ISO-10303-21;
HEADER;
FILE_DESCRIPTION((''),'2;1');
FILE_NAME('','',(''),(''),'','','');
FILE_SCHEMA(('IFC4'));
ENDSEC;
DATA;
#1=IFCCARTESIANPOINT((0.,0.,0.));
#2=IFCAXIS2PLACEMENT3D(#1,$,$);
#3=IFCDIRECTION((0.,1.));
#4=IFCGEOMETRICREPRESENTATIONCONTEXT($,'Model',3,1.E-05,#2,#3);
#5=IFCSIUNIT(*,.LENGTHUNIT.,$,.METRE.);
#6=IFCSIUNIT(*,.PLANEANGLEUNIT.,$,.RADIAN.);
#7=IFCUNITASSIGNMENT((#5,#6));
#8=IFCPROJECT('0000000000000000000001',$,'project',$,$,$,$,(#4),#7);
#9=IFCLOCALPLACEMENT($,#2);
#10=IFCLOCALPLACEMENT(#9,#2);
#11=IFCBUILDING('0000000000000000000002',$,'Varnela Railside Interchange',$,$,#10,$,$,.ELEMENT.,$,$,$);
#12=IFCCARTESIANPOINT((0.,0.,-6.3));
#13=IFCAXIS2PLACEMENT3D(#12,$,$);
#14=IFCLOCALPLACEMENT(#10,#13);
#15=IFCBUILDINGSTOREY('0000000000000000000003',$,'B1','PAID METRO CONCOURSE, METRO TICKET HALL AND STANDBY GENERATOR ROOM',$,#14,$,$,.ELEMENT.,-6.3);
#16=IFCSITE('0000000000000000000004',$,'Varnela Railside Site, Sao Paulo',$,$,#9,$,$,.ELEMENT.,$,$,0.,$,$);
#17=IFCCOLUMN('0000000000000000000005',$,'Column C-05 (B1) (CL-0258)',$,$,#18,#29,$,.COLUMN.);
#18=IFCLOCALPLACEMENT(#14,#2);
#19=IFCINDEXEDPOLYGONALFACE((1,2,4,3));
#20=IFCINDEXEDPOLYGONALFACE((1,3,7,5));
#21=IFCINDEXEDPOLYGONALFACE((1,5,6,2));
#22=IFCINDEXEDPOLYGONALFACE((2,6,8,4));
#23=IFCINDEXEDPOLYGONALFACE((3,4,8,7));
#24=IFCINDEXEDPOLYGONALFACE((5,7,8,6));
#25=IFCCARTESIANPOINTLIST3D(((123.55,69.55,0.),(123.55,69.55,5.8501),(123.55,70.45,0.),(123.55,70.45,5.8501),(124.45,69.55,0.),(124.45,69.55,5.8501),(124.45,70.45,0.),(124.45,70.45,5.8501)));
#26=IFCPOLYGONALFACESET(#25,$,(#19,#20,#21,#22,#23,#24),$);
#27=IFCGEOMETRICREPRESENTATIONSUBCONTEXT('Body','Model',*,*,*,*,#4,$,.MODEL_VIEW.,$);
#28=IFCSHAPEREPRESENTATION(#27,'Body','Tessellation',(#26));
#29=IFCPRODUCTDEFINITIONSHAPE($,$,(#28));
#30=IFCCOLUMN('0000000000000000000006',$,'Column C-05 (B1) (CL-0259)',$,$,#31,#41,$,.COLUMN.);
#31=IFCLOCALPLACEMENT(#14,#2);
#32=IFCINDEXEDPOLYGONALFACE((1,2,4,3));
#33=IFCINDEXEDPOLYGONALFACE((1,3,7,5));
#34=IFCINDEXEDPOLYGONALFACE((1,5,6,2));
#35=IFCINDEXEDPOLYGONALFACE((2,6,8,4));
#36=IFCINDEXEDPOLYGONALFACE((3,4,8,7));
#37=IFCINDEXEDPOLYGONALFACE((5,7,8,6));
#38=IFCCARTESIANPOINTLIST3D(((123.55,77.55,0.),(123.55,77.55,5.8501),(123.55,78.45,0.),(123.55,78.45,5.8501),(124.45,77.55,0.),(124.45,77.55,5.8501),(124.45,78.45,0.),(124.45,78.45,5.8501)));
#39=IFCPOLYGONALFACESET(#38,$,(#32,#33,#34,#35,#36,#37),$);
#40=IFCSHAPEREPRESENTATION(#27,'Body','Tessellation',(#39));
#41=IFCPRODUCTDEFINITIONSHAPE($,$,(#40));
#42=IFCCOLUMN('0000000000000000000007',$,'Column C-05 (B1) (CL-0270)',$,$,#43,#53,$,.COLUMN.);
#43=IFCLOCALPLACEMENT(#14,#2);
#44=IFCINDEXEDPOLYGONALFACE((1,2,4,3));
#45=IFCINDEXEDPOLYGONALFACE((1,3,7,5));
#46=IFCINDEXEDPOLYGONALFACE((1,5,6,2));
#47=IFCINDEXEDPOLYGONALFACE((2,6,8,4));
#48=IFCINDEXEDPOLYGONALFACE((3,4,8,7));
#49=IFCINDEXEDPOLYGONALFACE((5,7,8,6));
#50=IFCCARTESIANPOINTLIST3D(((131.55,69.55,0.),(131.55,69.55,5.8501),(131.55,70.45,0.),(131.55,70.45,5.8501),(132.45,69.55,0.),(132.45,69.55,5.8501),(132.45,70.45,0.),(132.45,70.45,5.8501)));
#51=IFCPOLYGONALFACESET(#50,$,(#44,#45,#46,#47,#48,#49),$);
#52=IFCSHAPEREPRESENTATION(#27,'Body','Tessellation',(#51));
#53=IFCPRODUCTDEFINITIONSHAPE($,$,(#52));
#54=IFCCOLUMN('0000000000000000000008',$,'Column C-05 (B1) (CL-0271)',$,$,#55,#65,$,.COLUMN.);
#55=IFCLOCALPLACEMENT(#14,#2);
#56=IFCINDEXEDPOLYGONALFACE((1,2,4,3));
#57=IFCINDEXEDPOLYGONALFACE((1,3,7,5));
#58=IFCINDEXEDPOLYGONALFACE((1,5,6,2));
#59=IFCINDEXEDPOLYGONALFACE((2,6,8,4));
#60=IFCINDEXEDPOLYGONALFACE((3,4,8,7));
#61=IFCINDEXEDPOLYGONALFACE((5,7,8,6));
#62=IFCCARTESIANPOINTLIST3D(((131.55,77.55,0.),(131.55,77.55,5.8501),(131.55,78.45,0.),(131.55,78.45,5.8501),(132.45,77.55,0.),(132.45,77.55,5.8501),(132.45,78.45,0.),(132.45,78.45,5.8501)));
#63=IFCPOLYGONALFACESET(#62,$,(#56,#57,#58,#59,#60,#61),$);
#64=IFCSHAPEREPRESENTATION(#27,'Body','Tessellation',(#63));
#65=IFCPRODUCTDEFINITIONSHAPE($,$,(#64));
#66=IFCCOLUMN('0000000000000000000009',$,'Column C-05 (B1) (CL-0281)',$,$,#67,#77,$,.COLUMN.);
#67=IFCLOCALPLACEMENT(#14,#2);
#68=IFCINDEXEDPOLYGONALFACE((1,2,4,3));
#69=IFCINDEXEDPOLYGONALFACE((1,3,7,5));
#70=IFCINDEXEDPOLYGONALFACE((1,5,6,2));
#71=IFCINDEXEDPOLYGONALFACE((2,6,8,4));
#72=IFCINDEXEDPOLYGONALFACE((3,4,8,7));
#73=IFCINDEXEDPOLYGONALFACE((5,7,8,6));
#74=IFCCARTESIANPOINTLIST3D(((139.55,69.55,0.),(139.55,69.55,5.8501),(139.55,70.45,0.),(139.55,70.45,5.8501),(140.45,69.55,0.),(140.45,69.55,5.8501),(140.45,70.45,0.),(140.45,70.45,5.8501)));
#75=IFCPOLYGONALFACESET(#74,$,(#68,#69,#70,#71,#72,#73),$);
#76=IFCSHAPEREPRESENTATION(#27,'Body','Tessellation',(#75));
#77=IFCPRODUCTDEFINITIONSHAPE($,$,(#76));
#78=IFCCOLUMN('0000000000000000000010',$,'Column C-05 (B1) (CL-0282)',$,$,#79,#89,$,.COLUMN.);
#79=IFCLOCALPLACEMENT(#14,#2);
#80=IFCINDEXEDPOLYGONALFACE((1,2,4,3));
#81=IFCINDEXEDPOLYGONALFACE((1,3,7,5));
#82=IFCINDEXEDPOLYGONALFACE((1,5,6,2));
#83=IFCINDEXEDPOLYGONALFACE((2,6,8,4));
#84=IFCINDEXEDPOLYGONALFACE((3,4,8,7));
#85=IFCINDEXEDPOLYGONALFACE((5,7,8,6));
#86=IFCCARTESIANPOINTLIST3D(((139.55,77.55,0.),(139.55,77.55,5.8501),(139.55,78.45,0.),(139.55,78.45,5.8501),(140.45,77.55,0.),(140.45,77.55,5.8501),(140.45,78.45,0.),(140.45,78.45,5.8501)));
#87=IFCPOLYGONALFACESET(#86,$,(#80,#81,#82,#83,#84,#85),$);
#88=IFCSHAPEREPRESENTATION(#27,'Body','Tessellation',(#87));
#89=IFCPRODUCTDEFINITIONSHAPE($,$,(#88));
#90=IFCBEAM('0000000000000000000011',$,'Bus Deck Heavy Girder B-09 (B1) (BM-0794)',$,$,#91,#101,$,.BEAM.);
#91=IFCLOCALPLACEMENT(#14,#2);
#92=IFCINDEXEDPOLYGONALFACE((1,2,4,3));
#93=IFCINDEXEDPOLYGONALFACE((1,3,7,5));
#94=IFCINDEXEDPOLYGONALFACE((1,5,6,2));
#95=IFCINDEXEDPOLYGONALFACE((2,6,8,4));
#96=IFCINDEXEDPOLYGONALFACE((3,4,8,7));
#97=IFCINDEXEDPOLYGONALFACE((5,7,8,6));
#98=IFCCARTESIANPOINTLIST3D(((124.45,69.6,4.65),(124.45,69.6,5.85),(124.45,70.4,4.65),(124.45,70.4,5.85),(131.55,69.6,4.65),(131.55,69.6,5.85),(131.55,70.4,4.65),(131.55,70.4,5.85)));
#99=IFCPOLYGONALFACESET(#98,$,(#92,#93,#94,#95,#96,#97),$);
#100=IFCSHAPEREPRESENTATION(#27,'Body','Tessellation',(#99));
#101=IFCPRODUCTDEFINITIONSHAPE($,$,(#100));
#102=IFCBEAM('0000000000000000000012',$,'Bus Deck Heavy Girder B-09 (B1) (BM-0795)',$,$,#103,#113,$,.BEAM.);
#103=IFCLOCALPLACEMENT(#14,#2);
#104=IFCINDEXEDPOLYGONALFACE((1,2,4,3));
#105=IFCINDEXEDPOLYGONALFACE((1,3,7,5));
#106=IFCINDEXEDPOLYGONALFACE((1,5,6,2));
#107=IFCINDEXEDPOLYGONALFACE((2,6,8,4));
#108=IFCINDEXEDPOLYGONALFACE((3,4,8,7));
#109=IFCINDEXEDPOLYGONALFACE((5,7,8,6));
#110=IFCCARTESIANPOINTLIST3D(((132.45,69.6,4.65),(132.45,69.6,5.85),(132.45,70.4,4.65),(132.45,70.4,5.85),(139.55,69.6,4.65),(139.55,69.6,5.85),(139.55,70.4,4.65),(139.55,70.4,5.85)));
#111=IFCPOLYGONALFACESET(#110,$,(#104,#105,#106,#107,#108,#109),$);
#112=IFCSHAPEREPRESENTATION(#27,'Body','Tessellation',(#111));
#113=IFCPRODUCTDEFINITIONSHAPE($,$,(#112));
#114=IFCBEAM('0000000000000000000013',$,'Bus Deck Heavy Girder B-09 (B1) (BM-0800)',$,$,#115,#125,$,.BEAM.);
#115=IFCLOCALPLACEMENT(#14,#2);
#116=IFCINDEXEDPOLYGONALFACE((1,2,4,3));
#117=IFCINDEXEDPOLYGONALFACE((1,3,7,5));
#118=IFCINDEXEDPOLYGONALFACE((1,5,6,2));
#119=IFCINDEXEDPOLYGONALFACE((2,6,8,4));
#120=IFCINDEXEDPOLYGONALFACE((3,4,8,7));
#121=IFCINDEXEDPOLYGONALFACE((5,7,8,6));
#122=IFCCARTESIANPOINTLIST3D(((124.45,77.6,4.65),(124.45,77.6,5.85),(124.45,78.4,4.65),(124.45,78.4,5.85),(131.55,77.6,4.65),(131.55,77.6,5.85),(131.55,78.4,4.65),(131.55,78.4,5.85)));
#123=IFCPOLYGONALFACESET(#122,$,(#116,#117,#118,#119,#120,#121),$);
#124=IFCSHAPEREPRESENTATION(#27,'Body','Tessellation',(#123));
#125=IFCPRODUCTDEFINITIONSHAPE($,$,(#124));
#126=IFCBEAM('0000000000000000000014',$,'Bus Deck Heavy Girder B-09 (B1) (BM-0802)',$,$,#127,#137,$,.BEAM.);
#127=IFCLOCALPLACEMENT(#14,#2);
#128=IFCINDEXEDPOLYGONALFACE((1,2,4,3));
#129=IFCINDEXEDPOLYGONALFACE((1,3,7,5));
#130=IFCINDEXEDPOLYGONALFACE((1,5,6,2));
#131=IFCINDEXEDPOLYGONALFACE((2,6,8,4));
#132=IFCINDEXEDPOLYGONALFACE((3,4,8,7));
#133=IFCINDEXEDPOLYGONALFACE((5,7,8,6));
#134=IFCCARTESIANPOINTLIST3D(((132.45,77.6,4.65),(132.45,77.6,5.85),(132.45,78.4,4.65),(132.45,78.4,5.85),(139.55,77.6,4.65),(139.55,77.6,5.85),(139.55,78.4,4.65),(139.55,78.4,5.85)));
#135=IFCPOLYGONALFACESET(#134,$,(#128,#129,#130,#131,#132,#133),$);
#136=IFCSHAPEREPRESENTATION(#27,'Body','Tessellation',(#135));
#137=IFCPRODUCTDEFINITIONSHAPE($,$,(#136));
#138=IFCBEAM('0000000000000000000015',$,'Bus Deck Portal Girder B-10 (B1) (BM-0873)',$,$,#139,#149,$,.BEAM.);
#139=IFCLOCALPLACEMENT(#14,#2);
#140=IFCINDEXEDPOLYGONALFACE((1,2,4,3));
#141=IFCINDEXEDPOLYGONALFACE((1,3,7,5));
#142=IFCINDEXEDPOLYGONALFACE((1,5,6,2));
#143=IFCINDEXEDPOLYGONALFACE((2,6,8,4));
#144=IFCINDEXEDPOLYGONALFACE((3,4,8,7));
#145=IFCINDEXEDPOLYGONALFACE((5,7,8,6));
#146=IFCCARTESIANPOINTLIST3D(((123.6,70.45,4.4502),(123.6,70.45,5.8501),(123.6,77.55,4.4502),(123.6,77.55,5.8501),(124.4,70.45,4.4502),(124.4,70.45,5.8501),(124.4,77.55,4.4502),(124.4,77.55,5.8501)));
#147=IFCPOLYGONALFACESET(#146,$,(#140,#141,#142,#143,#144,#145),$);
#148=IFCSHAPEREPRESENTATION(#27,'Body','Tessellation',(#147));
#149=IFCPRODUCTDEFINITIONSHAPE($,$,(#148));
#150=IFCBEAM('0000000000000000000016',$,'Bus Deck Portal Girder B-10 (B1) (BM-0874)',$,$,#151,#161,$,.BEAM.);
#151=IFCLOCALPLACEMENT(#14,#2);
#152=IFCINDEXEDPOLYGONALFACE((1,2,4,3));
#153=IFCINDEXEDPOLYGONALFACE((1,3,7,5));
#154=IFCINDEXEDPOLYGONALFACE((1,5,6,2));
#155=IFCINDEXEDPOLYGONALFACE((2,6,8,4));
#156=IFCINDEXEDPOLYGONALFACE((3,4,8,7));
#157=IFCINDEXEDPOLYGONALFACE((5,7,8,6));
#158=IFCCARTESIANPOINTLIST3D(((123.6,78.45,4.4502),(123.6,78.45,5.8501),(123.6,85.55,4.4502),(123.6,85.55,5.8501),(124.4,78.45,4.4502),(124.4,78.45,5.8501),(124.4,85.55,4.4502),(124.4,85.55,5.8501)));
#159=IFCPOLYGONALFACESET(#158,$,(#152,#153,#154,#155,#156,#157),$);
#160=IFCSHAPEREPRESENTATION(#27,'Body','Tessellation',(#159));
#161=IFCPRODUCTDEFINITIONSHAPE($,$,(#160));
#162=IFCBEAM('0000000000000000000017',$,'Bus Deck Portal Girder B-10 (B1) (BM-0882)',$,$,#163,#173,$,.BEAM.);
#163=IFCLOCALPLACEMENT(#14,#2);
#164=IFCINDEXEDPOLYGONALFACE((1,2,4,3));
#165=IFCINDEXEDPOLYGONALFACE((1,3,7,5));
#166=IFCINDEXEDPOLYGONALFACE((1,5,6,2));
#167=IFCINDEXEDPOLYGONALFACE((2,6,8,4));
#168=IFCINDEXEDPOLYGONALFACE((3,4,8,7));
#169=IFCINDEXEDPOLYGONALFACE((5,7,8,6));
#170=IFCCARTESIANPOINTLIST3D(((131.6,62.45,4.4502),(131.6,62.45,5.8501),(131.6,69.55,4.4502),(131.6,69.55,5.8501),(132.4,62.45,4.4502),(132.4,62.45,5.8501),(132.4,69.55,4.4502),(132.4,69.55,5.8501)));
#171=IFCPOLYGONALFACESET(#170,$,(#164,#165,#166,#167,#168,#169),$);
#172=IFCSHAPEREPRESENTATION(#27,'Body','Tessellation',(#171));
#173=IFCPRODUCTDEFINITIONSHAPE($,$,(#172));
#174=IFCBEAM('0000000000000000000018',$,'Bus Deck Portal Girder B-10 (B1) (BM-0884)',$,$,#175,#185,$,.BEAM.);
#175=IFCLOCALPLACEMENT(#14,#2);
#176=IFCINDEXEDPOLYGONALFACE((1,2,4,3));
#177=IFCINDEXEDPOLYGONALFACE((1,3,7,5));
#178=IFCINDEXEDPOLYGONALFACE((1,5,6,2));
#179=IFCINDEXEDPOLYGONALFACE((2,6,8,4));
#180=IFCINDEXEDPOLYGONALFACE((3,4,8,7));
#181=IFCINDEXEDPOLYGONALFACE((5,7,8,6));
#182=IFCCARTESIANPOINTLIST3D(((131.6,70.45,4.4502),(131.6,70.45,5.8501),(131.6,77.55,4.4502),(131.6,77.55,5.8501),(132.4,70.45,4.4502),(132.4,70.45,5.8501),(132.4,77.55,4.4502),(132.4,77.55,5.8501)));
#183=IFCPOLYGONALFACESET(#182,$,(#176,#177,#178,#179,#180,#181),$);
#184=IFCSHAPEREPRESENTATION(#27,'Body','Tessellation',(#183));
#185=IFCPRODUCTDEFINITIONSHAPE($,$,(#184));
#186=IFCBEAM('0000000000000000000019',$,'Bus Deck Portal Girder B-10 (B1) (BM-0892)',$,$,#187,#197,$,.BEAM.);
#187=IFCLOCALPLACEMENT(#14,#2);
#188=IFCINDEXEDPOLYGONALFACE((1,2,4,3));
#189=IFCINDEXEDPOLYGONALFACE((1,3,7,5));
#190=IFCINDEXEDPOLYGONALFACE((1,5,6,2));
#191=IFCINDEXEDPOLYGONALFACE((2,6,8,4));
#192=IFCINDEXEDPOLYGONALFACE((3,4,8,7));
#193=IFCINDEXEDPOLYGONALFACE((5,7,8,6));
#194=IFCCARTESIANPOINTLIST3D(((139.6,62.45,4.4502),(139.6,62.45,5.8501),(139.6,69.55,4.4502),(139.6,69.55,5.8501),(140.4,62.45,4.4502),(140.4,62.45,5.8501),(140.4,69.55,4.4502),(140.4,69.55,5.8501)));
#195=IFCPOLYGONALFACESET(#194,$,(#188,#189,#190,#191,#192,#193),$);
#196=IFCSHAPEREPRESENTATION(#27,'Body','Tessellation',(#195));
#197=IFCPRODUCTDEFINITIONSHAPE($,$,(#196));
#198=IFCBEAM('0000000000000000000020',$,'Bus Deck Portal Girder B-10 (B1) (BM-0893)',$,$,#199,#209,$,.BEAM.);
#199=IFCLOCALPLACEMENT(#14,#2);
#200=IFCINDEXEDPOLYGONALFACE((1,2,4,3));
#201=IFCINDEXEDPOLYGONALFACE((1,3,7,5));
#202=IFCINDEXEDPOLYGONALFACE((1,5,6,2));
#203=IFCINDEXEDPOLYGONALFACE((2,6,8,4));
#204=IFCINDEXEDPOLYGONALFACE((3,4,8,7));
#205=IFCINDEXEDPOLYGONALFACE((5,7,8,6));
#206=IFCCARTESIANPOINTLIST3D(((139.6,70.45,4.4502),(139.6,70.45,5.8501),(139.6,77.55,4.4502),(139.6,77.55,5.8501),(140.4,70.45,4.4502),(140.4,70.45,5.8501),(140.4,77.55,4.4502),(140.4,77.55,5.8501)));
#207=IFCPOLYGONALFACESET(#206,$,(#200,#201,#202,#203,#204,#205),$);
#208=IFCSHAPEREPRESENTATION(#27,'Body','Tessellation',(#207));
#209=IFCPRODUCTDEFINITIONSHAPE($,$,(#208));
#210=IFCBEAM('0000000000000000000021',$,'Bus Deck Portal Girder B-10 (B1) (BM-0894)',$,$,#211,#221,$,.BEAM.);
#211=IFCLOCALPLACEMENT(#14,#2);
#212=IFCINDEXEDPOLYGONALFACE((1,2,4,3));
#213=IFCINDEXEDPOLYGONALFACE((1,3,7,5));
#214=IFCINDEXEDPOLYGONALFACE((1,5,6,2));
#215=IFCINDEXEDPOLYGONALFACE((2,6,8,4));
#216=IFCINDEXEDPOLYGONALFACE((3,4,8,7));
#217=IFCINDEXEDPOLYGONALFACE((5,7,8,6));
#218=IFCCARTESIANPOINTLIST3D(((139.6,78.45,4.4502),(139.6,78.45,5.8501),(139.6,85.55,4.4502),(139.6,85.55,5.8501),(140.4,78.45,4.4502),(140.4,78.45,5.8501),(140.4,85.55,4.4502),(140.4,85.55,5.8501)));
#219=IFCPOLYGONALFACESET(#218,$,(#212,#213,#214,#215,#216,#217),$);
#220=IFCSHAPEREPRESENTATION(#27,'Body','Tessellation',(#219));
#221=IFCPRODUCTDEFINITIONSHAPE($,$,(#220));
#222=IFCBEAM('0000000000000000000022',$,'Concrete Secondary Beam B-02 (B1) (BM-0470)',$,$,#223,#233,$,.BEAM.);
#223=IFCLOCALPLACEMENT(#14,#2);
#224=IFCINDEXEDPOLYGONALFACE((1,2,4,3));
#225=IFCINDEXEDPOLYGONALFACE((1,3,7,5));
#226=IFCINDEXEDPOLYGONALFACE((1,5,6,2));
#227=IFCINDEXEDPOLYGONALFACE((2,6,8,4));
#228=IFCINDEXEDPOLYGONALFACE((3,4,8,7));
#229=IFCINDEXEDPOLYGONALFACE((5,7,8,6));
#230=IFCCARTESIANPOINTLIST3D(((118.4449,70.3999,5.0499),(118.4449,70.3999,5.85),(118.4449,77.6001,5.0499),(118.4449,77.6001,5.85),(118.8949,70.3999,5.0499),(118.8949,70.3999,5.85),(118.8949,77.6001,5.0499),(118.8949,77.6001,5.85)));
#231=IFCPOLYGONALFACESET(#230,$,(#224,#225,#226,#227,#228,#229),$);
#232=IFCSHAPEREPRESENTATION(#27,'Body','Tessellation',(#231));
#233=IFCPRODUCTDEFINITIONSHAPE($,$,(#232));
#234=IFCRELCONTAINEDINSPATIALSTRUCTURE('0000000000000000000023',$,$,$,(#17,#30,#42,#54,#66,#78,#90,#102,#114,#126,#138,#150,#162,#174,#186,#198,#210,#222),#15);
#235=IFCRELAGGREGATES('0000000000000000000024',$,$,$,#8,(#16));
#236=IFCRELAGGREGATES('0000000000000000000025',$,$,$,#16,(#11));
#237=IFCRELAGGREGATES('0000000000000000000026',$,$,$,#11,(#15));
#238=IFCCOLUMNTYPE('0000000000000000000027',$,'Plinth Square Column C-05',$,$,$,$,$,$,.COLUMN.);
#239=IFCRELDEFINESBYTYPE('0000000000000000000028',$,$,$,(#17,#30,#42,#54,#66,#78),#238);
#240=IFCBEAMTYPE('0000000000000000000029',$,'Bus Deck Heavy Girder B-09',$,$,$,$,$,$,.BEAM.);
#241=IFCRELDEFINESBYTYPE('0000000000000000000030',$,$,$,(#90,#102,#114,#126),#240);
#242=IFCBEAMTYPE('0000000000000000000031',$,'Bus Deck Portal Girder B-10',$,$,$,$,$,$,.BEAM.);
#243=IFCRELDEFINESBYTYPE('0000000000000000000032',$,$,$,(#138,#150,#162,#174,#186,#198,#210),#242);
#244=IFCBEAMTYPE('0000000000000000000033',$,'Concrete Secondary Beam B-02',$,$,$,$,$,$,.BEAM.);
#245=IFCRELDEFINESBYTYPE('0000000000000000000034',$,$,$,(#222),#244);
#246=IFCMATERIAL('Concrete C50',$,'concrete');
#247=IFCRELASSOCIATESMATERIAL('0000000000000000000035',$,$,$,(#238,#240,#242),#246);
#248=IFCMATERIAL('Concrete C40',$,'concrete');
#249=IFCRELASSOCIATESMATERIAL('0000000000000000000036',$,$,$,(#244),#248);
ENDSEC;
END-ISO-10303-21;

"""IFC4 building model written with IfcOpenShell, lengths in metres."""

from ifc_helpers import new_model, si_unit, direction, frame, origin, origin_2d, place, context, subcontext, project, spatial, rectangle, extrude, material, material_profile, profile_set, type_object, element, save


model = new_model("IFC4")

# Units and contexts
model_context = context("Model", 3, precision=1e-05, world=origin(), true_north=direction((0.0, 1.0)))
body_context = subcontext(model_context, "Body", "Model", "MODEL_VIEW")
ifc_project = project(units=[si_unit("LENGTHUNIT", "METRE"), si_unit("PLANEANGLEUNIT", "RADIAN")], contexts=[model_context])

# Site, building, storey
site_placement = place(None, origin())
site = spatial("IfcSite", under=ifc_project, at=site_placement, Name="Varnela Railside Site, Sao Paulo", CompositionType="ELEMENT", RefElevation=0.0)
building_placement = place(site_placement, origin())
building = spatial("IfcBuilding", under=site, at=building_placement, Name="Varnela Railside Interchange", CompositionType="ELEMENT")
storey_placement = place(building_placement, frame((0.0, 0.0, -6.3)))
storey = spatial("IfcBuildingStorey", under=building, at=storey_placement, Name="B1", Description="PAID METRO CONCOURSE, METRO TICKET HALL AND STANDBY GENERATOR ROOM", CompositionType="ELEMENT", Elevation=-6.3)

# Columns
ifc_material_1 = material(Name="Concrete C50", Category="concrete")
ifc_material_profile_1 = material_profile(ifc_material_1, rectangle(XDim=0.8999, YDim=0.8999, at=origin_2d()), Name="RC 900x900")
ifc_profile_set_1 = profile_set([ifc_material_profile_1], Name="Concrete C50")
column_type = type_object("IfcColumnType", Name="Plinth Square Column C-05", PredefinedType="COLUMN", material=ifc_profile_set_1)
for number, where, z_axis, x_axis, name in (
    (1, (124.0, 70.0, 0.0), (0.0, 0.0, 1.0), (1.0, 0.0, 0.0), "Column C-05 (B1) (CL-0258)"),
    (2, (124.0, 78.0, 0.0), (0.0, 0.0, 1.0), (1.0, 0.0, 0.0), "Column C-05 (B1) (CL-0259)"),
    (3, (132.0, 70.0, 0.0), (0.0, 0.0, 1.0), (1.0, 0.0, 0.0), "Column C-05 (B1) (CL-0270)"),
    (4, (132.0, 78.0, 0.0), (0.0, 0.0, 1.0), (1.0, 0.0, 0.0), "Column C-05 (B1) (CL-0271)"),
    (5, (140.0, 70.0, 0.0), (0.0, 0.0, 1.0), (1.0, 0.0, 0.0), "Column C-05 (B1) (CL-0281)"),
    (6, (140.0, 78.0, 0.0), (0.0, 0.0, 1.0), (1.0, 0.0, 0.0), "Column C-05 (B1) (CL-0282)"),
):
    element("IfcColumn", number, at=place(storey_placement, frame(where, z_axis=z_axis, x_axis=x_axis)), inside=storey, type_object=column_type, Name=name, PredefinedType="COLUMN", context=body_context, shape_type="SweptSolid", body=[
        extrude(rectangle(XDim=0.8999, YDim=0.8999, at=origin_2d()), origin(), (0.0, 0.0, 1.0), 5.8501),
    ])

# Beams
ifc_material_profile_2 = material_profile(ifc_material_1, rectangle(XDim=0.8, YDim=1.2, at=origin_2d()), Name="RC 800x1200")
ifc_profile_set_2 = profile_set([ifc_material_profile_2], Name="Concrete C50")
beam_type_1 = type_object("IfcBeamType", Name="Bus Deck Heavy Girder B-09", PredefinedType="BEAM", material=ifc_profile_set_2)
for number, where, z_axis, x_axis, name in (
    (7, (124.45, 70.0, 5.25), (1.0, 0.0, 0.0), (0.0, 1.0, 0.0), "Bus Deck Heavy Girder B-09 (B1) (BM-0794)"),
    (8, (132.45, 70.0, 5.25), (1.0, 0.0, 0.0), (0.0, 1.0, 0.0), "Bus Deck Heavy Girder B-09 (B1) (BM-0795)"),
    (9, (124.45, 78.0, 5.25), (1.0, 0.0, 0.0), (0.0, 1.0, 0.0), "Bus Deck Heavy Girder B-09 (B1) (BM-0800)"),
    (10, (132.45, 78.0, 5.25), (1.0, 0.0, 0.0), (0.0, 1.0, 0.0), "Bus Deck Heavy Girder B-09 (B1) (BM-0802)"),
):
    element("IfcBeam", number, at=place(storey_placement, frame(where, z_axis=z_axis, x_axis=x_axis)), inside=storey, type_object=beam_type_1, Name=name, PredefinedType="BEAM", context=body_context, shape_type="SweptSolid", body=[
        extrude(rectangle(XDim=0.8, YDim=1.2, at=origin_2d()), origin(), (0.0, 0.0, 1.0), 7.1001),
    ])
ifc_material_profile_3 = material_profile(ifc_material_1, rectangle(XDim=0.8, YDim=1.3999, at=origin_2d()), Name="RC 800x1400")
ifc_profile_set_3 = profile_set([ifc_material_profile_3], Name="Concrete C50")
beam_type_2 = type_object("IfcBeamType", Name="Bus Deck Portal Girder B-10", PredefinedType="BEAM", material=ifc_profile_set_3)
for number, where, z_axis, x_axis, name in (
    (11, (124.0, 70.45, 5.1501), (0.0, 1.0, 0.0), (-1.0, 0.0, 0.0), "Bus Deck Portal Girder B-10 (B1) (BM-0873)"),
    (12, (124.0, 78.45, 5.1501), (0.0, 1.0, 0.0), (-1.0, 0.0, 0.0), "Bus Deck Portal Girder B-10 (B1) (BM-0874)"),
    (13, (132.0, 62.45, 5.1501), (0.0, 1.0, 0.0), (-1.0, 0.0, 0.0), "Bus Deck Portal Girder B-10 (B1) (BM-0882)"),
    (14, (132.0, 70.45, 5.1501), (0.0, 1.0, 0.0), (-1.0, 0.0, 0.0), "Bus Deck Portal Girder B-10 (B1) (BM-0884)"),
    (15, (140.0, 62.45, 5.1501), (0.0, 1.0, 0.0), (-1.0, 0.0, 0.0), "Bus Deck Portal Girder B-10 (B1) (BM-0892)"),
    (16, (140.0, 70.45, 5.1501), (0.0, 1.0, 0.0), (-1.0, 0.0, 0.0), "Bus Deck Portal Girder B-10 (B1) (BM-0893)"),
    (17, (140.0, 78.45, 5.1501), (0.0, 1.0, 0.0), (-1.0, 0.0, 0.0), "Bus Deck Portal Girder B-10 (B1) (BM-0894)"),
):
    element("IfcBeam", number, at=place(storey_placement, frame(where, z_axis=z_axis, x_axis=x_axis)), inside=storey, type_object=beam_type_2, Name=name, PredefinedType="BEAM", context=body_context, shape_type="SweptSolid", body=[
        extrude(rectangle(XDim=0.8, YDim=1.3999, at=origin_2d()), origin(), (0.0, 0.0, 1.0), 7.1001),
    ])
ifc_material_2 = material(Name="Concrete C40", Category="concrete")
ifc_material_profile_4 = material_profile(ifc_material_2, rectangle(XDim=0.45, YDim=0.8, at=origin_2d()), Name="RC 450x800")
ifc_profile_set_4 = profile_set([ifc_material_profile_4], Name="Concrete C40")
beam_type_3 = type_object("IfcBeamType", Name="Concrete Secondary Beam B-02", PredefinedType="BEAM", material=ifc_profile_set_4)
for number, where, z_axis, x_axis, name in (
    (18, (118.6699, 70.3999, 5.45), (0.0, 1.0, 0.0), (-1.0, 0.0, 0.0), "Concrete Secondary Beam B-02 (B1) (BM-0470)"),
):
    element("IfcBeam", number, at=place(storey_placement, frame(where, z_axis=z_axis, x_axis=x_axis)), inside=storey, type_object=beam_type_3, Name=name, PredefinedType="BEAM", context=body_context, shape_type="SweptSolid", body=[
        extrude(rectangle(XDim=0.45, YDim=0.8, at=origin_2d()), origin(), (0.0, 0.0, 1.0), 7.2002),
    ])

save(model, "model.ifc")
